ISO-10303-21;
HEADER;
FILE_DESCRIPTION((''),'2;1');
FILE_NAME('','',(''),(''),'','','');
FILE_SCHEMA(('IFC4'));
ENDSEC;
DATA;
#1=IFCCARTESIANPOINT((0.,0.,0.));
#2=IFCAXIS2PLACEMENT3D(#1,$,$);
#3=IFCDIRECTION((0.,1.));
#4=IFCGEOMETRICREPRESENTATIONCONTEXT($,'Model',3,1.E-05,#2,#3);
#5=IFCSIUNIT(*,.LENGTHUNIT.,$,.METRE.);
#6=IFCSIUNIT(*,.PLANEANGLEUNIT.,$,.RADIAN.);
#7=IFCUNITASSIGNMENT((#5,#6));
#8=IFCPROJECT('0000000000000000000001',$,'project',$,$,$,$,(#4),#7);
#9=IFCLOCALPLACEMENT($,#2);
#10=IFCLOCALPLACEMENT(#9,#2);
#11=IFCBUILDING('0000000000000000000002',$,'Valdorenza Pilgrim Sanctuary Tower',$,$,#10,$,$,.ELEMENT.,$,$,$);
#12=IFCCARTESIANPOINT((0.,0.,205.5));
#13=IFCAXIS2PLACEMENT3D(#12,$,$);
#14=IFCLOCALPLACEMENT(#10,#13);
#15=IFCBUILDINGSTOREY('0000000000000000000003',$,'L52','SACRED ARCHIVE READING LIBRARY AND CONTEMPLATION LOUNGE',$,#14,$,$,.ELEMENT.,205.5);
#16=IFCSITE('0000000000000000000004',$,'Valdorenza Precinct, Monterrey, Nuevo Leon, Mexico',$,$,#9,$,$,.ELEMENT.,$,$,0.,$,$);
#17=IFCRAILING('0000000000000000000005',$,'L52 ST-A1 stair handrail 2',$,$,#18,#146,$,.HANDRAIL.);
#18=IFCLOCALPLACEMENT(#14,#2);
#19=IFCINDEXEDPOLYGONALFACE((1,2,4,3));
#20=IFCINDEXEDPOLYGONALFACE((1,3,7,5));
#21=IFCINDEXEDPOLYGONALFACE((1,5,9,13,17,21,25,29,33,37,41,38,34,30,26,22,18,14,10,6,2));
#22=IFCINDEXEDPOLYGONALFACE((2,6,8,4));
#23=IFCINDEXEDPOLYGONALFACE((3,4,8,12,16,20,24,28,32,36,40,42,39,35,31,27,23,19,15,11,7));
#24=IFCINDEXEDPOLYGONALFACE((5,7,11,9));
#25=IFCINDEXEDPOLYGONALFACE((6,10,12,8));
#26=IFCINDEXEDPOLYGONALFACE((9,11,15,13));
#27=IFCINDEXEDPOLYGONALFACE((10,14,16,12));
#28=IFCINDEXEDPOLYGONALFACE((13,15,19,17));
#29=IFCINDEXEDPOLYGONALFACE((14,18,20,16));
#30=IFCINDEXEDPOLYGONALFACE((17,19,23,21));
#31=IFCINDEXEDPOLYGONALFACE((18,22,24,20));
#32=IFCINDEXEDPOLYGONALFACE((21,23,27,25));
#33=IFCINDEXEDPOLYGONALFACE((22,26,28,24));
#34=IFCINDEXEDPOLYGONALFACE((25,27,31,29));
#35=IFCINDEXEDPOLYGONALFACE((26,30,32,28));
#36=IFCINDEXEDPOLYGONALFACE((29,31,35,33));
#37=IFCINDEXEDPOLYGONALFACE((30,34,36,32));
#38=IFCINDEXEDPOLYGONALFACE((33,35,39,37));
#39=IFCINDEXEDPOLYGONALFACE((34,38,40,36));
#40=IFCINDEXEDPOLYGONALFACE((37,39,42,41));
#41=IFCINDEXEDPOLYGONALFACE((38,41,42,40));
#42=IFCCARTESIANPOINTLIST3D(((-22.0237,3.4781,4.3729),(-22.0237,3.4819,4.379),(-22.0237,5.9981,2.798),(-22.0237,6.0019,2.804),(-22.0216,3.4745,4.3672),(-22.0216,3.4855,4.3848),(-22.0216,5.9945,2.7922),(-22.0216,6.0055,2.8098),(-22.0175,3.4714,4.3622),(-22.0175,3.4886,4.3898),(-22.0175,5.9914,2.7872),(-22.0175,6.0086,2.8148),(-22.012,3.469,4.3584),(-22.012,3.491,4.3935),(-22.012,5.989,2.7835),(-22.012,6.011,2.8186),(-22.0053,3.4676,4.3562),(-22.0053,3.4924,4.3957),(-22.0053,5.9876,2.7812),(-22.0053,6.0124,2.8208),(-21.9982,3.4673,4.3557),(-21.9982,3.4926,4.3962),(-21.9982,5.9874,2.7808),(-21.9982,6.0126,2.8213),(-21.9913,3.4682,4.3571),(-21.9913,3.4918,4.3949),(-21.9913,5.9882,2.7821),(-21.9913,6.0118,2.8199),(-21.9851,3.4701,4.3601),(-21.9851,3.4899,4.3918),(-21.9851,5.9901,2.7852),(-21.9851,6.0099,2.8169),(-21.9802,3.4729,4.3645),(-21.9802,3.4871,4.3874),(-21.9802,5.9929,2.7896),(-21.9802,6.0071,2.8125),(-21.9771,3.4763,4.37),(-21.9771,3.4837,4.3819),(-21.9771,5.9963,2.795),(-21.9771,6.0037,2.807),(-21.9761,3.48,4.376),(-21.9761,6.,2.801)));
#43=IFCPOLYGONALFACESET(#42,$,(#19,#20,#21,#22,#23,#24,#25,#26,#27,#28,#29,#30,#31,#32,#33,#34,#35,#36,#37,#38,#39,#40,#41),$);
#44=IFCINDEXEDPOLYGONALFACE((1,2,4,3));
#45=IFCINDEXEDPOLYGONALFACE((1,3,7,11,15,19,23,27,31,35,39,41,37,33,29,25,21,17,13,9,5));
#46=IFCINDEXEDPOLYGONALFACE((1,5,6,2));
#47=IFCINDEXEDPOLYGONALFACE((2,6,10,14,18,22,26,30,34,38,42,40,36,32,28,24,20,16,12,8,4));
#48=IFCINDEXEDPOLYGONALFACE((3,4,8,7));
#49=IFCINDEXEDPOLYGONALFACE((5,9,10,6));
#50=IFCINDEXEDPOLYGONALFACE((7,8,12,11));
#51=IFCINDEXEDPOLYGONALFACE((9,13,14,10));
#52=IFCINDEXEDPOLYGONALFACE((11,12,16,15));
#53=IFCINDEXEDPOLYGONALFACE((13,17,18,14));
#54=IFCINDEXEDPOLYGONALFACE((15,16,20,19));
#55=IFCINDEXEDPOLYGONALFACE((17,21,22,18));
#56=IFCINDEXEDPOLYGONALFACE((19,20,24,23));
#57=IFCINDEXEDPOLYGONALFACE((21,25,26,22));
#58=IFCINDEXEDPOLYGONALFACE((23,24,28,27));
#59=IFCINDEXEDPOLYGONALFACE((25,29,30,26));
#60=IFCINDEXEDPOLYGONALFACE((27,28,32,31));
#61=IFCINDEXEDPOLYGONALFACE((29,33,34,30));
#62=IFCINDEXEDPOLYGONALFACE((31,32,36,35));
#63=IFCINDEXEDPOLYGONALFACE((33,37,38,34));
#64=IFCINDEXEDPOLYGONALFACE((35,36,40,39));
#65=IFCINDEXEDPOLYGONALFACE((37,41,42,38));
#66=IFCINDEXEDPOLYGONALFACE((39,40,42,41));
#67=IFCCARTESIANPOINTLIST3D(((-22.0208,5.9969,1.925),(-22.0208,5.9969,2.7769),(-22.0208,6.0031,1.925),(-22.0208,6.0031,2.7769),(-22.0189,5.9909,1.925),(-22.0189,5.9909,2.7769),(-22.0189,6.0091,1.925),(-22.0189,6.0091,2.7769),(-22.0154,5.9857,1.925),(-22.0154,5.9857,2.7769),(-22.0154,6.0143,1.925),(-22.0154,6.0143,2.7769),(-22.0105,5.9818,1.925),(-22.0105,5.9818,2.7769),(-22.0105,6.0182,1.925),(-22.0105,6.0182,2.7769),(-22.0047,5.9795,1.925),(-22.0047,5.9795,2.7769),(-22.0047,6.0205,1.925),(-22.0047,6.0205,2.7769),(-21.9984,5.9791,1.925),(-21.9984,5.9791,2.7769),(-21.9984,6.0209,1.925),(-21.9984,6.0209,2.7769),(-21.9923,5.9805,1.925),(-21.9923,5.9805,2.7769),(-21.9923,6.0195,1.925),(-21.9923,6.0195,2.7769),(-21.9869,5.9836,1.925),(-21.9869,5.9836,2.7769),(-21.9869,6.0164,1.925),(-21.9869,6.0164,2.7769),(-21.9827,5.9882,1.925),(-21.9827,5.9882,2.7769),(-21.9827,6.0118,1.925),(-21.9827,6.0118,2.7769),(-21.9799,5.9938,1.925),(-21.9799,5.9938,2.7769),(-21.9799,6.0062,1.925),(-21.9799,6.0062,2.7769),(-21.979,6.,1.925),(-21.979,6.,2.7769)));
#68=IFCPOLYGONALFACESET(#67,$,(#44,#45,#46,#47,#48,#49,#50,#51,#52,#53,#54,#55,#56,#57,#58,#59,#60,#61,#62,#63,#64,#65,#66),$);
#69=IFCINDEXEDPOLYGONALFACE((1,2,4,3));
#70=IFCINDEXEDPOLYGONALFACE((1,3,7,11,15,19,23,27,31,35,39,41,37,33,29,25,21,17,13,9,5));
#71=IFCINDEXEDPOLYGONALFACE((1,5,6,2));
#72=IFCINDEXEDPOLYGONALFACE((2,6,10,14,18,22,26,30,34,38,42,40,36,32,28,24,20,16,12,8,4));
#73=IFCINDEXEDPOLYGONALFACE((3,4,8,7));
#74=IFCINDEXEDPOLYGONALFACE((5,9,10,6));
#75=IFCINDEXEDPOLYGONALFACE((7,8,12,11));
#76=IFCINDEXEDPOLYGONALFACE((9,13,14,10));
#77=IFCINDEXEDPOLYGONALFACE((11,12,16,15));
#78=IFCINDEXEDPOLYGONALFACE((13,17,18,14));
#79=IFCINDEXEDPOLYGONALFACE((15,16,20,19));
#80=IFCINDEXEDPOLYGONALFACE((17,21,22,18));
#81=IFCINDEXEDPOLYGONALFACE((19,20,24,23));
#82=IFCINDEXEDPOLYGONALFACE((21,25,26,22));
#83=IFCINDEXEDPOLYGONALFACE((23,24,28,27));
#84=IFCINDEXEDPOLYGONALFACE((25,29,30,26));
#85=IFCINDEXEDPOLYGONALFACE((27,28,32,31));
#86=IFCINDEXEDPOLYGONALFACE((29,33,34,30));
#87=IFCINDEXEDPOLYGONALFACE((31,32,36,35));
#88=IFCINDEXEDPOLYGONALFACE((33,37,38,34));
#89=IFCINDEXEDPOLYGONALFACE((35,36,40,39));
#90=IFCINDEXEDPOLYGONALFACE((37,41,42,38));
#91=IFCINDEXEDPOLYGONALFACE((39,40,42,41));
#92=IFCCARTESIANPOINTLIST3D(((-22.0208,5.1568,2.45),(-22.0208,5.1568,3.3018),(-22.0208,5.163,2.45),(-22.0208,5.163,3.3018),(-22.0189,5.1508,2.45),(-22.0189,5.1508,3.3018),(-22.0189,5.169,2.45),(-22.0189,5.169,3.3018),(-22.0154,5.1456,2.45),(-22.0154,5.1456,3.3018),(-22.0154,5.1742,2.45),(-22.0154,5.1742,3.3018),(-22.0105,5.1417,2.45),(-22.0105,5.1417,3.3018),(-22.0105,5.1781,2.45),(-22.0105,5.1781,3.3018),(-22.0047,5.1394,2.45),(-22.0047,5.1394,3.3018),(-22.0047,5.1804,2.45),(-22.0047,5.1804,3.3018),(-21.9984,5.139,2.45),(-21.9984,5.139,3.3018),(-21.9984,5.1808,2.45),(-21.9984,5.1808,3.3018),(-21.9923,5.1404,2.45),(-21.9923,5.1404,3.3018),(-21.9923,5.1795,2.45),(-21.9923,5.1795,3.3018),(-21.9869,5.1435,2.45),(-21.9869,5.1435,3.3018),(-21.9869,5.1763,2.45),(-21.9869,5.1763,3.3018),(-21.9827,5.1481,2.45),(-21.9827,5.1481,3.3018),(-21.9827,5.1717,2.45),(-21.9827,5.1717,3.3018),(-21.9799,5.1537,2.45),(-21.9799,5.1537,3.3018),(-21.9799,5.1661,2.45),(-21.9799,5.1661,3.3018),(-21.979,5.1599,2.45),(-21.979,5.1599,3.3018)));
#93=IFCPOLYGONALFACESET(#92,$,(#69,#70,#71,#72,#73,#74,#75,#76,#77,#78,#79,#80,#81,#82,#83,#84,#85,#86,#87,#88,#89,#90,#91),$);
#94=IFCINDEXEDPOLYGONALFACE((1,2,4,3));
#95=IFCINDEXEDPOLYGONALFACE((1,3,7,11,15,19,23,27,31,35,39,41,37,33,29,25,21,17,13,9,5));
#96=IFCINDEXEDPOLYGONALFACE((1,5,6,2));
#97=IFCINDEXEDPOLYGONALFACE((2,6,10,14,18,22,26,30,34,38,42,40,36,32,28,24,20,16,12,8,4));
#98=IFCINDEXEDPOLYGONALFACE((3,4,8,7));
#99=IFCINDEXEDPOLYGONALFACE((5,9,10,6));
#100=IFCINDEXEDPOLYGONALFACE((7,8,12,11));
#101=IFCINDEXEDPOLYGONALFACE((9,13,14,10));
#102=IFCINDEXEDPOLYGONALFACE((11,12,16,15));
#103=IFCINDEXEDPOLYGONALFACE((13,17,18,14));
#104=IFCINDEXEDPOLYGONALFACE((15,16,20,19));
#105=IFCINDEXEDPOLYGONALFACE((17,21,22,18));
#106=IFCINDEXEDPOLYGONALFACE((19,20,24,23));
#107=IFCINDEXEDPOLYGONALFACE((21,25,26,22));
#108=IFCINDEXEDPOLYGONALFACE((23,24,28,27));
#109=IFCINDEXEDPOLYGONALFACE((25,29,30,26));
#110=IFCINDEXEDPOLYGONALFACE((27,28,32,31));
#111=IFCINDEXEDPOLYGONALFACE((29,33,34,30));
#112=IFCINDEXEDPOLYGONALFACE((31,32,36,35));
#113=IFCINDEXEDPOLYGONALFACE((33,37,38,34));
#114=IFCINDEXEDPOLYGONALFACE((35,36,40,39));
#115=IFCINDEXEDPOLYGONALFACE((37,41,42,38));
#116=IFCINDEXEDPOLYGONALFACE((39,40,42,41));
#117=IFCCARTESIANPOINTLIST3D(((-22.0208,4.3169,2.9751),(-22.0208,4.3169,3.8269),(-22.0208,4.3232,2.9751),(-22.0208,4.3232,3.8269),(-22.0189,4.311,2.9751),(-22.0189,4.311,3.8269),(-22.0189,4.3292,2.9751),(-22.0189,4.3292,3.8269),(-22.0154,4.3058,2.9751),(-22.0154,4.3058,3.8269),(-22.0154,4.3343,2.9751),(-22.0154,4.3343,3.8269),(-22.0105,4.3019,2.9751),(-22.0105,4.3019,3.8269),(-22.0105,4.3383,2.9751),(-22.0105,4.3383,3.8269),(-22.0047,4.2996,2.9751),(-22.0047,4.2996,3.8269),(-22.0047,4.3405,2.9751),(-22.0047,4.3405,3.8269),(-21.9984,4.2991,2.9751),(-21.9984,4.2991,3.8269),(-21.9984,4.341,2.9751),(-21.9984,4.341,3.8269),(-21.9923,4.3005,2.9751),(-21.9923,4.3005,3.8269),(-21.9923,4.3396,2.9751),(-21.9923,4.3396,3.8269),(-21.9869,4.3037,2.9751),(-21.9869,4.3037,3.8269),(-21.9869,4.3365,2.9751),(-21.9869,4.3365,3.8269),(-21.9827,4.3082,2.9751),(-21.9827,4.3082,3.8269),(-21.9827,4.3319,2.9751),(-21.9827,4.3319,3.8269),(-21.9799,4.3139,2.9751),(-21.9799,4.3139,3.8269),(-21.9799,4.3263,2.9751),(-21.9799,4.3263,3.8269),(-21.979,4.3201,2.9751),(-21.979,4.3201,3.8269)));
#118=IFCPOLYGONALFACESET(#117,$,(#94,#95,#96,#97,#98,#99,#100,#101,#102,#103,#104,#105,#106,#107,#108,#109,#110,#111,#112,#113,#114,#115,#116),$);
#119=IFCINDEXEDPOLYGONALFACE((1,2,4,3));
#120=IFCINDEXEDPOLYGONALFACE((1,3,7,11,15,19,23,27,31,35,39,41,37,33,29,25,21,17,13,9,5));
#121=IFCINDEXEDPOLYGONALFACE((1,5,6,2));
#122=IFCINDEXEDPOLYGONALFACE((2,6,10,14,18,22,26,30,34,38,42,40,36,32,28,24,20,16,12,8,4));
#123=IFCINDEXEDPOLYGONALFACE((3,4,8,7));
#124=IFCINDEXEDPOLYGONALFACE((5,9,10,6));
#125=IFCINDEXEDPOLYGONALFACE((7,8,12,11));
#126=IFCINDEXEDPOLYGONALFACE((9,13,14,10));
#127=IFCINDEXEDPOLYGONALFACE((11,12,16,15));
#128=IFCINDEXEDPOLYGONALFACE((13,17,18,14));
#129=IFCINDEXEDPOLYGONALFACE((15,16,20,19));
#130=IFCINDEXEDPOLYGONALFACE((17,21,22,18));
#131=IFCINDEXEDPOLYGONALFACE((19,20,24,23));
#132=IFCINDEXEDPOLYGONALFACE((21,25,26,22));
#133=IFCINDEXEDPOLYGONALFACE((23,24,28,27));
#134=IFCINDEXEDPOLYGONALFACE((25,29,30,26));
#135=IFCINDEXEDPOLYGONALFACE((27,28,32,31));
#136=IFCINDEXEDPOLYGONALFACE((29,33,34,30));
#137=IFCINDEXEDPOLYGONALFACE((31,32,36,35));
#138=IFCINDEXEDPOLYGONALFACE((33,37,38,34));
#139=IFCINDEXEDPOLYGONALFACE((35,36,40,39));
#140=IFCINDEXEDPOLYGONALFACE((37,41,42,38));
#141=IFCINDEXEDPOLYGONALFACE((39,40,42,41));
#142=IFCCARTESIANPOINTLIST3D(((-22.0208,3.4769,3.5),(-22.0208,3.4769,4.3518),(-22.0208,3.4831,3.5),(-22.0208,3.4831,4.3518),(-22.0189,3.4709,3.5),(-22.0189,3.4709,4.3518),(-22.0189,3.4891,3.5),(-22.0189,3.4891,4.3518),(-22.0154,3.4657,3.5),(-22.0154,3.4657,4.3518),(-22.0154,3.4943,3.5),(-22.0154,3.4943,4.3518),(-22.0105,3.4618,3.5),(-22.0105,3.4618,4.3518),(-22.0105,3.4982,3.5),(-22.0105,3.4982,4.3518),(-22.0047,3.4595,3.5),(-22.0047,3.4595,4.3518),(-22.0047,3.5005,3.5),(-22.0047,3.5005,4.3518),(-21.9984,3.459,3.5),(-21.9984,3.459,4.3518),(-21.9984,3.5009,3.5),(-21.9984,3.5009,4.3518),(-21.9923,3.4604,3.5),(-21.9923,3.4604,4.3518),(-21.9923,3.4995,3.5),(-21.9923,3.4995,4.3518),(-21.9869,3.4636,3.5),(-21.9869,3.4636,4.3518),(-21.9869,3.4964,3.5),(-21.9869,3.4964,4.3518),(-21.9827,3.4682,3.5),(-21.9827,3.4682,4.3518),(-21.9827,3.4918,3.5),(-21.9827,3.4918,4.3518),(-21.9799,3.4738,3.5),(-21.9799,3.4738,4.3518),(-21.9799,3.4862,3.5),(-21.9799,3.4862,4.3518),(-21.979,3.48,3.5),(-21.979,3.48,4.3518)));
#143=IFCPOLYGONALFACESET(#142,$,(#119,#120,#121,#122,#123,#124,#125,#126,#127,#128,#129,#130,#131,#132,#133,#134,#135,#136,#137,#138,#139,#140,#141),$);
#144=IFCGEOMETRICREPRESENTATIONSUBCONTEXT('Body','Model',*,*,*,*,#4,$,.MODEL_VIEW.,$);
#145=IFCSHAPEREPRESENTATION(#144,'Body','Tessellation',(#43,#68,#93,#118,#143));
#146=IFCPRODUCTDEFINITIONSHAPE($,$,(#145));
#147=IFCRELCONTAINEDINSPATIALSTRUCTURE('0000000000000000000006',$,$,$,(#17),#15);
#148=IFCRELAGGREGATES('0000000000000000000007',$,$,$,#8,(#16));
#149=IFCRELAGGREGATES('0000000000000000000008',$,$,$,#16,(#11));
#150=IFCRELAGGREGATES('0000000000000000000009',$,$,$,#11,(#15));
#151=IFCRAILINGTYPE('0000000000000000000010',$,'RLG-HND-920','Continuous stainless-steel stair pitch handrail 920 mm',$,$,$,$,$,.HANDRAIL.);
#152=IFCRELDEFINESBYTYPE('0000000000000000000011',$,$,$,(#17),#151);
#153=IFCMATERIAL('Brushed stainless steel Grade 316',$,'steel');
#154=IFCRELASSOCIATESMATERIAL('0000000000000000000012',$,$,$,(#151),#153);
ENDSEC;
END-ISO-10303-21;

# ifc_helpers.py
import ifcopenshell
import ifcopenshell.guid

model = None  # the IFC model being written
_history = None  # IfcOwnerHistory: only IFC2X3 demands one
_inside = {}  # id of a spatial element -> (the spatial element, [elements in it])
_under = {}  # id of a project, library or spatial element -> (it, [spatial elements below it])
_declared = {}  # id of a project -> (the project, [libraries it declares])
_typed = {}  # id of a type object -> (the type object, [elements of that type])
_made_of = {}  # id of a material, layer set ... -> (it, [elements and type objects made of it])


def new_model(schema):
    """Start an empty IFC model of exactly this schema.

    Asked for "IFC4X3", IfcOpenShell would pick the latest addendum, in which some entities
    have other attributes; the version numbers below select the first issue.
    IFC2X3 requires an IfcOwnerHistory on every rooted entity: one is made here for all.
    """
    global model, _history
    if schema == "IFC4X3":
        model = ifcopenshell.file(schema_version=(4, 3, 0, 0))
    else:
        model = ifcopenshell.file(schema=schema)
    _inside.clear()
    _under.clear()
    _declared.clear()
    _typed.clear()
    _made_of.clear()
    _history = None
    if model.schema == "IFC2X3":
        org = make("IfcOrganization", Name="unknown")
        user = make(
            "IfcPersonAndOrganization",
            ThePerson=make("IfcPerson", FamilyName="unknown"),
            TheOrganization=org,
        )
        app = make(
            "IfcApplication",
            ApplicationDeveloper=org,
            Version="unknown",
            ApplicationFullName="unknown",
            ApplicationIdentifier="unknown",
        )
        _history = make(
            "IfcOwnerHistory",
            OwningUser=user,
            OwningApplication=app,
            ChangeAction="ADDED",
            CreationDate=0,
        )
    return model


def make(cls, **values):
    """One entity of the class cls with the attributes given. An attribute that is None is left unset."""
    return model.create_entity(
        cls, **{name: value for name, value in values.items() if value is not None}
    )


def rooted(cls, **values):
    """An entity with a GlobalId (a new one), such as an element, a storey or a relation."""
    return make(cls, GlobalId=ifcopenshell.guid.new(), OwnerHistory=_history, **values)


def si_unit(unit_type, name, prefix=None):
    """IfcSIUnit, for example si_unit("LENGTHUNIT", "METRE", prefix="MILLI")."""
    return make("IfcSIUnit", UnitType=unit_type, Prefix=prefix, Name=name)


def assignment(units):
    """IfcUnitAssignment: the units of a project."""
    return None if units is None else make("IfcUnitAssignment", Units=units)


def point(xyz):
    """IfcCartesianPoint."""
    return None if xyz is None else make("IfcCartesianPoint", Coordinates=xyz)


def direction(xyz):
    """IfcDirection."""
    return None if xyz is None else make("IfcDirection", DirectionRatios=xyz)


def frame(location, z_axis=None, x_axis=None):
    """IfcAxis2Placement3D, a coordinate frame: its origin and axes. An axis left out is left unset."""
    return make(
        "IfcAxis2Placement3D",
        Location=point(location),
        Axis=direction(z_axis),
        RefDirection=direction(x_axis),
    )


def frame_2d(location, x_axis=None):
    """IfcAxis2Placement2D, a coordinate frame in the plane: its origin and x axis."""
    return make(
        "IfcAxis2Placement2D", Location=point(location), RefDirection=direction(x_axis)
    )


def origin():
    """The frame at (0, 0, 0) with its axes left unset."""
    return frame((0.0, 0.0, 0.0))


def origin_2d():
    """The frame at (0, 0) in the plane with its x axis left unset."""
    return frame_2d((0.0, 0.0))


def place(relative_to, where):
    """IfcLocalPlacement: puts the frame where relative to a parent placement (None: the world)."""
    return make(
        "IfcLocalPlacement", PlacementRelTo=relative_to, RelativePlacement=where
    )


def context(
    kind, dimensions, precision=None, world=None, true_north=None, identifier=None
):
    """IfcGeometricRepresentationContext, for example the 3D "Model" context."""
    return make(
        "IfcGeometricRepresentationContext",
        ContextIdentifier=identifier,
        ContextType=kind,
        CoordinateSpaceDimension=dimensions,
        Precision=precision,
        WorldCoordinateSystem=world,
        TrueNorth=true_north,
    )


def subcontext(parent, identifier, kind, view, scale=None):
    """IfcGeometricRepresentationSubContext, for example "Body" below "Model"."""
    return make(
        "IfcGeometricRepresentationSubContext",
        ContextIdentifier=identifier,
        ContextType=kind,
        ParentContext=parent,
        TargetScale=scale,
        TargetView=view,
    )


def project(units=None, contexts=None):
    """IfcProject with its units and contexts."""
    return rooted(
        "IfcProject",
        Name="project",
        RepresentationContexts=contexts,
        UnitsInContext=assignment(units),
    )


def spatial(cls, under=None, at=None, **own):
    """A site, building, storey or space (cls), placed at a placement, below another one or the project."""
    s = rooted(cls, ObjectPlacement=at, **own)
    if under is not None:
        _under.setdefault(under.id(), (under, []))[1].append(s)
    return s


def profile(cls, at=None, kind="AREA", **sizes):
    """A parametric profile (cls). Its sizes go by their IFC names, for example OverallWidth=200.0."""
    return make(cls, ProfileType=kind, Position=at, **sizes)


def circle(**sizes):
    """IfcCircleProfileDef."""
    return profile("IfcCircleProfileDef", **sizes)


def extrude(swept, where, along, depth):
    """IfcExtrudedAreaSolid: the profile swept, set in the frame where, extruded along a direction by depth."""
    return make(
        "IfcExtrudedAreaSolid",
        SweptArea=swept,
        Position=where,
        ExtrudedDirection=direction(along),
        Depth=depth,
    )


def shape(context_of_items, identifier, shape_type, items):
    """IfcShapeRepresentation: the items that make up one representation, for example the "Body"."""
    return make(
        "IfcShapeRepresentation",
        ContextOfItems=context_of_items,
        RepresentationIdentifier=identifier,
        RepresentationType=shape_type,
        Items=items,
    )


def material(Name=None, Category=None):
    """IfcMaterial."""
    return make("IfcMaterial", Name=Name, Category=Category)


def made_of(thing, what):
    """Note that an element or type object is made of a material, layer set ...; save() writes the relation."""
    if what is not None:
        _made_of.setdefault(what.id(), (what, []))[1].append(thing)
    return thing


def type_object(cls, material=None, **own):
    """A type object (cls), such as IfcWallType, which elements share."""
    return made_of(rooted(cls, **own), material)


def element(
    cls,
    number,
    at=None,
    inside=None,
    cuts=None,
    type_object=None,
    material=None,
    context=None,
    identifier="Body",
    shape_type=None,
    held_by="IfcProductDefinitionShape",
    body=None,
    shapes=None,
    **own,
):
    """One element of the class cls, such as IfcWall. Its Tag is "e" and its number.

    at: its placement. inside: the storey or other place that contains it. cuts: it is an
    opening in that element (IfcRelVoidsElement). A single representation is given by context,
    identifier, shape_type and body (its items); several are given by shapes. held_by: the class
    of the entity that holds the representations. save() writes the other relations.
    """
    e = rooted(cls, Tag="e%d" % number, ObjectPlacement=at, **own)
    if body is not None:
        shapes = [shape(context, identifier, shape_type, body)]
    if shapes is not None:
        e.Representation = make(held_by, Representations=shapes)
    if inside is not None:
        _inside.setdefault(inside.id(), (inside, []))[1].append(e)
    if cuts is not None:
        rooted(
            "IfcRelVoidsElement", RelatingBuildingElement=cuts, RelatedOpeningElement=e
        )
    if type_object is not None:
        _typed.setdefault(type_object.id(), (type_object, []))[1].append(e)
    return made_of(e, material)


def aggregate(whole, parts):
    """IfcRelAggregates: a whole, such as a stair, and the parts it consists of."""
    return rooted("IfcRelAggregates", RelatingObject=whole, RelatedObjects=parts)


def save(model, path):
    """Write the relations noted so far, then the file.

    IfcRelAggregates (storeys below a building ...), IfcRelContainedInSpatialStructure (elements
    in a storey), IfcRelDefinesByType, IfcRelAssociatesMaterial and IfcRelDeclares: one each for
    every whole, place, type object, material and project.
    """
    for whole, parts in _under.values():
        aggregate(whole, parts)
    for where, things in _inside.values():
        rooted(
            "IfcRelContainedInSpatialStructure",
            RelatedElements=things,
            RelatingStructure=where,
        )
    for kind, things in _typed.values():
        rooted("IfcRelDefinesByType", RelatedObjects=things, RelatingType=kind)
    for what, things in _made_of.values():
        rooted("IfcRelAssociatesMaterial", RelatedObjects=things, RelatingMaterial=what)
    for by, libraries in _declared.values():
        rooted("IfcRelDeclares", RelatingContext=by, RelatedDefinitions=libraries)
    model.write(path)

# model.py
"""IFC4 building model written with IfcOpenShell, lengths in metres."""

from ifc_helpers import new_model, si_unit, direction, frame, origin, origin_2d, place, context, subcontext, project, spatial, circle, extrude, material, type_object, element, save


model = new_model("IFC4")

# Units and contexts
model_context = context("Model", 3, precision=1e-05, world=origin(), true_north=direction((0.0, 1.0)))
body_context = subcontext(model_context, "Body", "Model", "MODEL_VIEW")
ifc_project = project(units=[si_unit("LENGTHUNIT", "METRE"), si_unit("PLANEANGLEUNIT", "RADIAN")], contexts=[model_context])

# Site, building, storey
site_placement = place(None, origin())
site = spatial("IfcSite", under=ifc_project, at=site_placement, Name="Valdorenza Precinct, Monterrey, Nuevo Leon, Mexico", CompositionType="ELEMENT", RefElevation=0.0)
building_placement = place(site_placement, origin())
building = spatial("IfcBuilding", under=site, at=building_placement, Name="Valdorenza Pilgrim Sanctuary Tower", CompositionType="ELEMENT")
storey_placement = place(building_placement, frame((0.0, 0.0, 205.5)))
storey = spatial("IfcBuildingStorey", under=building, at=storey_placement, Name="L52", Description="SACRED ARCHIVE READING LIBRARY AND CONTEMPLATION LOUNGE", CompositionType="ELEMENT", Elevation=205.5)

# Shared definitions
ifc_material_1 = material(Name="Brushed stainless steel Grade 316", Category="steel")

# Railing
railing_type_1 = type_object("IfcRailingType", Name="RLG-HND-920", Description="Continuous stainless-steel stair pitch handrail 920 mm", PredefinedType="HANDRAIL", material=ifc_material_1)
railing_1_placement = place(storey_placement, frame((-22.0, 6.0, 1.925)))
element("IfcRailing", 1, at=railing_1_placement, inside=storey, type_object=railing_type_1, Name="L52 ST-A1 stair handrail 2", PredefinedType="HANDRAIL", context=body_context, shape_type="SweptSolid", body=[
    extrude(circle(Radius=0.0239, at=origin_2d()), frame((0.0, 0.0, 0.876), z_axis=(0.0, -0.848008, 0.529984), x_axis=(1.0, 0.0, 0.0)), (0.0, 0.0, 1.0), 2.9717),
    extrude(circle(Radius=0.021, at=origin_2d()), origin(), (0.0, 0.0, 1.0), 0.8518),
    extrude(circle(Radius=0.021, at=origin_2d()), frame((0.0, -0.8401, 0.5249)), (0.0, 0.0, 1.0), 0.8518),
    extrude(circle(Radius=0.021, at=origin_2d()), frame((0.0, -1.6799, 1.05)), (0.0, 0.0, 1.0), 0.8518),
    extrude(circle(Radius=0.021, at=origin_2d()), frame((0.0, -2.52, 1.575)), (0.0, 0.0, 1.0), 0.8518),
])

save(model, "model.ifc")
